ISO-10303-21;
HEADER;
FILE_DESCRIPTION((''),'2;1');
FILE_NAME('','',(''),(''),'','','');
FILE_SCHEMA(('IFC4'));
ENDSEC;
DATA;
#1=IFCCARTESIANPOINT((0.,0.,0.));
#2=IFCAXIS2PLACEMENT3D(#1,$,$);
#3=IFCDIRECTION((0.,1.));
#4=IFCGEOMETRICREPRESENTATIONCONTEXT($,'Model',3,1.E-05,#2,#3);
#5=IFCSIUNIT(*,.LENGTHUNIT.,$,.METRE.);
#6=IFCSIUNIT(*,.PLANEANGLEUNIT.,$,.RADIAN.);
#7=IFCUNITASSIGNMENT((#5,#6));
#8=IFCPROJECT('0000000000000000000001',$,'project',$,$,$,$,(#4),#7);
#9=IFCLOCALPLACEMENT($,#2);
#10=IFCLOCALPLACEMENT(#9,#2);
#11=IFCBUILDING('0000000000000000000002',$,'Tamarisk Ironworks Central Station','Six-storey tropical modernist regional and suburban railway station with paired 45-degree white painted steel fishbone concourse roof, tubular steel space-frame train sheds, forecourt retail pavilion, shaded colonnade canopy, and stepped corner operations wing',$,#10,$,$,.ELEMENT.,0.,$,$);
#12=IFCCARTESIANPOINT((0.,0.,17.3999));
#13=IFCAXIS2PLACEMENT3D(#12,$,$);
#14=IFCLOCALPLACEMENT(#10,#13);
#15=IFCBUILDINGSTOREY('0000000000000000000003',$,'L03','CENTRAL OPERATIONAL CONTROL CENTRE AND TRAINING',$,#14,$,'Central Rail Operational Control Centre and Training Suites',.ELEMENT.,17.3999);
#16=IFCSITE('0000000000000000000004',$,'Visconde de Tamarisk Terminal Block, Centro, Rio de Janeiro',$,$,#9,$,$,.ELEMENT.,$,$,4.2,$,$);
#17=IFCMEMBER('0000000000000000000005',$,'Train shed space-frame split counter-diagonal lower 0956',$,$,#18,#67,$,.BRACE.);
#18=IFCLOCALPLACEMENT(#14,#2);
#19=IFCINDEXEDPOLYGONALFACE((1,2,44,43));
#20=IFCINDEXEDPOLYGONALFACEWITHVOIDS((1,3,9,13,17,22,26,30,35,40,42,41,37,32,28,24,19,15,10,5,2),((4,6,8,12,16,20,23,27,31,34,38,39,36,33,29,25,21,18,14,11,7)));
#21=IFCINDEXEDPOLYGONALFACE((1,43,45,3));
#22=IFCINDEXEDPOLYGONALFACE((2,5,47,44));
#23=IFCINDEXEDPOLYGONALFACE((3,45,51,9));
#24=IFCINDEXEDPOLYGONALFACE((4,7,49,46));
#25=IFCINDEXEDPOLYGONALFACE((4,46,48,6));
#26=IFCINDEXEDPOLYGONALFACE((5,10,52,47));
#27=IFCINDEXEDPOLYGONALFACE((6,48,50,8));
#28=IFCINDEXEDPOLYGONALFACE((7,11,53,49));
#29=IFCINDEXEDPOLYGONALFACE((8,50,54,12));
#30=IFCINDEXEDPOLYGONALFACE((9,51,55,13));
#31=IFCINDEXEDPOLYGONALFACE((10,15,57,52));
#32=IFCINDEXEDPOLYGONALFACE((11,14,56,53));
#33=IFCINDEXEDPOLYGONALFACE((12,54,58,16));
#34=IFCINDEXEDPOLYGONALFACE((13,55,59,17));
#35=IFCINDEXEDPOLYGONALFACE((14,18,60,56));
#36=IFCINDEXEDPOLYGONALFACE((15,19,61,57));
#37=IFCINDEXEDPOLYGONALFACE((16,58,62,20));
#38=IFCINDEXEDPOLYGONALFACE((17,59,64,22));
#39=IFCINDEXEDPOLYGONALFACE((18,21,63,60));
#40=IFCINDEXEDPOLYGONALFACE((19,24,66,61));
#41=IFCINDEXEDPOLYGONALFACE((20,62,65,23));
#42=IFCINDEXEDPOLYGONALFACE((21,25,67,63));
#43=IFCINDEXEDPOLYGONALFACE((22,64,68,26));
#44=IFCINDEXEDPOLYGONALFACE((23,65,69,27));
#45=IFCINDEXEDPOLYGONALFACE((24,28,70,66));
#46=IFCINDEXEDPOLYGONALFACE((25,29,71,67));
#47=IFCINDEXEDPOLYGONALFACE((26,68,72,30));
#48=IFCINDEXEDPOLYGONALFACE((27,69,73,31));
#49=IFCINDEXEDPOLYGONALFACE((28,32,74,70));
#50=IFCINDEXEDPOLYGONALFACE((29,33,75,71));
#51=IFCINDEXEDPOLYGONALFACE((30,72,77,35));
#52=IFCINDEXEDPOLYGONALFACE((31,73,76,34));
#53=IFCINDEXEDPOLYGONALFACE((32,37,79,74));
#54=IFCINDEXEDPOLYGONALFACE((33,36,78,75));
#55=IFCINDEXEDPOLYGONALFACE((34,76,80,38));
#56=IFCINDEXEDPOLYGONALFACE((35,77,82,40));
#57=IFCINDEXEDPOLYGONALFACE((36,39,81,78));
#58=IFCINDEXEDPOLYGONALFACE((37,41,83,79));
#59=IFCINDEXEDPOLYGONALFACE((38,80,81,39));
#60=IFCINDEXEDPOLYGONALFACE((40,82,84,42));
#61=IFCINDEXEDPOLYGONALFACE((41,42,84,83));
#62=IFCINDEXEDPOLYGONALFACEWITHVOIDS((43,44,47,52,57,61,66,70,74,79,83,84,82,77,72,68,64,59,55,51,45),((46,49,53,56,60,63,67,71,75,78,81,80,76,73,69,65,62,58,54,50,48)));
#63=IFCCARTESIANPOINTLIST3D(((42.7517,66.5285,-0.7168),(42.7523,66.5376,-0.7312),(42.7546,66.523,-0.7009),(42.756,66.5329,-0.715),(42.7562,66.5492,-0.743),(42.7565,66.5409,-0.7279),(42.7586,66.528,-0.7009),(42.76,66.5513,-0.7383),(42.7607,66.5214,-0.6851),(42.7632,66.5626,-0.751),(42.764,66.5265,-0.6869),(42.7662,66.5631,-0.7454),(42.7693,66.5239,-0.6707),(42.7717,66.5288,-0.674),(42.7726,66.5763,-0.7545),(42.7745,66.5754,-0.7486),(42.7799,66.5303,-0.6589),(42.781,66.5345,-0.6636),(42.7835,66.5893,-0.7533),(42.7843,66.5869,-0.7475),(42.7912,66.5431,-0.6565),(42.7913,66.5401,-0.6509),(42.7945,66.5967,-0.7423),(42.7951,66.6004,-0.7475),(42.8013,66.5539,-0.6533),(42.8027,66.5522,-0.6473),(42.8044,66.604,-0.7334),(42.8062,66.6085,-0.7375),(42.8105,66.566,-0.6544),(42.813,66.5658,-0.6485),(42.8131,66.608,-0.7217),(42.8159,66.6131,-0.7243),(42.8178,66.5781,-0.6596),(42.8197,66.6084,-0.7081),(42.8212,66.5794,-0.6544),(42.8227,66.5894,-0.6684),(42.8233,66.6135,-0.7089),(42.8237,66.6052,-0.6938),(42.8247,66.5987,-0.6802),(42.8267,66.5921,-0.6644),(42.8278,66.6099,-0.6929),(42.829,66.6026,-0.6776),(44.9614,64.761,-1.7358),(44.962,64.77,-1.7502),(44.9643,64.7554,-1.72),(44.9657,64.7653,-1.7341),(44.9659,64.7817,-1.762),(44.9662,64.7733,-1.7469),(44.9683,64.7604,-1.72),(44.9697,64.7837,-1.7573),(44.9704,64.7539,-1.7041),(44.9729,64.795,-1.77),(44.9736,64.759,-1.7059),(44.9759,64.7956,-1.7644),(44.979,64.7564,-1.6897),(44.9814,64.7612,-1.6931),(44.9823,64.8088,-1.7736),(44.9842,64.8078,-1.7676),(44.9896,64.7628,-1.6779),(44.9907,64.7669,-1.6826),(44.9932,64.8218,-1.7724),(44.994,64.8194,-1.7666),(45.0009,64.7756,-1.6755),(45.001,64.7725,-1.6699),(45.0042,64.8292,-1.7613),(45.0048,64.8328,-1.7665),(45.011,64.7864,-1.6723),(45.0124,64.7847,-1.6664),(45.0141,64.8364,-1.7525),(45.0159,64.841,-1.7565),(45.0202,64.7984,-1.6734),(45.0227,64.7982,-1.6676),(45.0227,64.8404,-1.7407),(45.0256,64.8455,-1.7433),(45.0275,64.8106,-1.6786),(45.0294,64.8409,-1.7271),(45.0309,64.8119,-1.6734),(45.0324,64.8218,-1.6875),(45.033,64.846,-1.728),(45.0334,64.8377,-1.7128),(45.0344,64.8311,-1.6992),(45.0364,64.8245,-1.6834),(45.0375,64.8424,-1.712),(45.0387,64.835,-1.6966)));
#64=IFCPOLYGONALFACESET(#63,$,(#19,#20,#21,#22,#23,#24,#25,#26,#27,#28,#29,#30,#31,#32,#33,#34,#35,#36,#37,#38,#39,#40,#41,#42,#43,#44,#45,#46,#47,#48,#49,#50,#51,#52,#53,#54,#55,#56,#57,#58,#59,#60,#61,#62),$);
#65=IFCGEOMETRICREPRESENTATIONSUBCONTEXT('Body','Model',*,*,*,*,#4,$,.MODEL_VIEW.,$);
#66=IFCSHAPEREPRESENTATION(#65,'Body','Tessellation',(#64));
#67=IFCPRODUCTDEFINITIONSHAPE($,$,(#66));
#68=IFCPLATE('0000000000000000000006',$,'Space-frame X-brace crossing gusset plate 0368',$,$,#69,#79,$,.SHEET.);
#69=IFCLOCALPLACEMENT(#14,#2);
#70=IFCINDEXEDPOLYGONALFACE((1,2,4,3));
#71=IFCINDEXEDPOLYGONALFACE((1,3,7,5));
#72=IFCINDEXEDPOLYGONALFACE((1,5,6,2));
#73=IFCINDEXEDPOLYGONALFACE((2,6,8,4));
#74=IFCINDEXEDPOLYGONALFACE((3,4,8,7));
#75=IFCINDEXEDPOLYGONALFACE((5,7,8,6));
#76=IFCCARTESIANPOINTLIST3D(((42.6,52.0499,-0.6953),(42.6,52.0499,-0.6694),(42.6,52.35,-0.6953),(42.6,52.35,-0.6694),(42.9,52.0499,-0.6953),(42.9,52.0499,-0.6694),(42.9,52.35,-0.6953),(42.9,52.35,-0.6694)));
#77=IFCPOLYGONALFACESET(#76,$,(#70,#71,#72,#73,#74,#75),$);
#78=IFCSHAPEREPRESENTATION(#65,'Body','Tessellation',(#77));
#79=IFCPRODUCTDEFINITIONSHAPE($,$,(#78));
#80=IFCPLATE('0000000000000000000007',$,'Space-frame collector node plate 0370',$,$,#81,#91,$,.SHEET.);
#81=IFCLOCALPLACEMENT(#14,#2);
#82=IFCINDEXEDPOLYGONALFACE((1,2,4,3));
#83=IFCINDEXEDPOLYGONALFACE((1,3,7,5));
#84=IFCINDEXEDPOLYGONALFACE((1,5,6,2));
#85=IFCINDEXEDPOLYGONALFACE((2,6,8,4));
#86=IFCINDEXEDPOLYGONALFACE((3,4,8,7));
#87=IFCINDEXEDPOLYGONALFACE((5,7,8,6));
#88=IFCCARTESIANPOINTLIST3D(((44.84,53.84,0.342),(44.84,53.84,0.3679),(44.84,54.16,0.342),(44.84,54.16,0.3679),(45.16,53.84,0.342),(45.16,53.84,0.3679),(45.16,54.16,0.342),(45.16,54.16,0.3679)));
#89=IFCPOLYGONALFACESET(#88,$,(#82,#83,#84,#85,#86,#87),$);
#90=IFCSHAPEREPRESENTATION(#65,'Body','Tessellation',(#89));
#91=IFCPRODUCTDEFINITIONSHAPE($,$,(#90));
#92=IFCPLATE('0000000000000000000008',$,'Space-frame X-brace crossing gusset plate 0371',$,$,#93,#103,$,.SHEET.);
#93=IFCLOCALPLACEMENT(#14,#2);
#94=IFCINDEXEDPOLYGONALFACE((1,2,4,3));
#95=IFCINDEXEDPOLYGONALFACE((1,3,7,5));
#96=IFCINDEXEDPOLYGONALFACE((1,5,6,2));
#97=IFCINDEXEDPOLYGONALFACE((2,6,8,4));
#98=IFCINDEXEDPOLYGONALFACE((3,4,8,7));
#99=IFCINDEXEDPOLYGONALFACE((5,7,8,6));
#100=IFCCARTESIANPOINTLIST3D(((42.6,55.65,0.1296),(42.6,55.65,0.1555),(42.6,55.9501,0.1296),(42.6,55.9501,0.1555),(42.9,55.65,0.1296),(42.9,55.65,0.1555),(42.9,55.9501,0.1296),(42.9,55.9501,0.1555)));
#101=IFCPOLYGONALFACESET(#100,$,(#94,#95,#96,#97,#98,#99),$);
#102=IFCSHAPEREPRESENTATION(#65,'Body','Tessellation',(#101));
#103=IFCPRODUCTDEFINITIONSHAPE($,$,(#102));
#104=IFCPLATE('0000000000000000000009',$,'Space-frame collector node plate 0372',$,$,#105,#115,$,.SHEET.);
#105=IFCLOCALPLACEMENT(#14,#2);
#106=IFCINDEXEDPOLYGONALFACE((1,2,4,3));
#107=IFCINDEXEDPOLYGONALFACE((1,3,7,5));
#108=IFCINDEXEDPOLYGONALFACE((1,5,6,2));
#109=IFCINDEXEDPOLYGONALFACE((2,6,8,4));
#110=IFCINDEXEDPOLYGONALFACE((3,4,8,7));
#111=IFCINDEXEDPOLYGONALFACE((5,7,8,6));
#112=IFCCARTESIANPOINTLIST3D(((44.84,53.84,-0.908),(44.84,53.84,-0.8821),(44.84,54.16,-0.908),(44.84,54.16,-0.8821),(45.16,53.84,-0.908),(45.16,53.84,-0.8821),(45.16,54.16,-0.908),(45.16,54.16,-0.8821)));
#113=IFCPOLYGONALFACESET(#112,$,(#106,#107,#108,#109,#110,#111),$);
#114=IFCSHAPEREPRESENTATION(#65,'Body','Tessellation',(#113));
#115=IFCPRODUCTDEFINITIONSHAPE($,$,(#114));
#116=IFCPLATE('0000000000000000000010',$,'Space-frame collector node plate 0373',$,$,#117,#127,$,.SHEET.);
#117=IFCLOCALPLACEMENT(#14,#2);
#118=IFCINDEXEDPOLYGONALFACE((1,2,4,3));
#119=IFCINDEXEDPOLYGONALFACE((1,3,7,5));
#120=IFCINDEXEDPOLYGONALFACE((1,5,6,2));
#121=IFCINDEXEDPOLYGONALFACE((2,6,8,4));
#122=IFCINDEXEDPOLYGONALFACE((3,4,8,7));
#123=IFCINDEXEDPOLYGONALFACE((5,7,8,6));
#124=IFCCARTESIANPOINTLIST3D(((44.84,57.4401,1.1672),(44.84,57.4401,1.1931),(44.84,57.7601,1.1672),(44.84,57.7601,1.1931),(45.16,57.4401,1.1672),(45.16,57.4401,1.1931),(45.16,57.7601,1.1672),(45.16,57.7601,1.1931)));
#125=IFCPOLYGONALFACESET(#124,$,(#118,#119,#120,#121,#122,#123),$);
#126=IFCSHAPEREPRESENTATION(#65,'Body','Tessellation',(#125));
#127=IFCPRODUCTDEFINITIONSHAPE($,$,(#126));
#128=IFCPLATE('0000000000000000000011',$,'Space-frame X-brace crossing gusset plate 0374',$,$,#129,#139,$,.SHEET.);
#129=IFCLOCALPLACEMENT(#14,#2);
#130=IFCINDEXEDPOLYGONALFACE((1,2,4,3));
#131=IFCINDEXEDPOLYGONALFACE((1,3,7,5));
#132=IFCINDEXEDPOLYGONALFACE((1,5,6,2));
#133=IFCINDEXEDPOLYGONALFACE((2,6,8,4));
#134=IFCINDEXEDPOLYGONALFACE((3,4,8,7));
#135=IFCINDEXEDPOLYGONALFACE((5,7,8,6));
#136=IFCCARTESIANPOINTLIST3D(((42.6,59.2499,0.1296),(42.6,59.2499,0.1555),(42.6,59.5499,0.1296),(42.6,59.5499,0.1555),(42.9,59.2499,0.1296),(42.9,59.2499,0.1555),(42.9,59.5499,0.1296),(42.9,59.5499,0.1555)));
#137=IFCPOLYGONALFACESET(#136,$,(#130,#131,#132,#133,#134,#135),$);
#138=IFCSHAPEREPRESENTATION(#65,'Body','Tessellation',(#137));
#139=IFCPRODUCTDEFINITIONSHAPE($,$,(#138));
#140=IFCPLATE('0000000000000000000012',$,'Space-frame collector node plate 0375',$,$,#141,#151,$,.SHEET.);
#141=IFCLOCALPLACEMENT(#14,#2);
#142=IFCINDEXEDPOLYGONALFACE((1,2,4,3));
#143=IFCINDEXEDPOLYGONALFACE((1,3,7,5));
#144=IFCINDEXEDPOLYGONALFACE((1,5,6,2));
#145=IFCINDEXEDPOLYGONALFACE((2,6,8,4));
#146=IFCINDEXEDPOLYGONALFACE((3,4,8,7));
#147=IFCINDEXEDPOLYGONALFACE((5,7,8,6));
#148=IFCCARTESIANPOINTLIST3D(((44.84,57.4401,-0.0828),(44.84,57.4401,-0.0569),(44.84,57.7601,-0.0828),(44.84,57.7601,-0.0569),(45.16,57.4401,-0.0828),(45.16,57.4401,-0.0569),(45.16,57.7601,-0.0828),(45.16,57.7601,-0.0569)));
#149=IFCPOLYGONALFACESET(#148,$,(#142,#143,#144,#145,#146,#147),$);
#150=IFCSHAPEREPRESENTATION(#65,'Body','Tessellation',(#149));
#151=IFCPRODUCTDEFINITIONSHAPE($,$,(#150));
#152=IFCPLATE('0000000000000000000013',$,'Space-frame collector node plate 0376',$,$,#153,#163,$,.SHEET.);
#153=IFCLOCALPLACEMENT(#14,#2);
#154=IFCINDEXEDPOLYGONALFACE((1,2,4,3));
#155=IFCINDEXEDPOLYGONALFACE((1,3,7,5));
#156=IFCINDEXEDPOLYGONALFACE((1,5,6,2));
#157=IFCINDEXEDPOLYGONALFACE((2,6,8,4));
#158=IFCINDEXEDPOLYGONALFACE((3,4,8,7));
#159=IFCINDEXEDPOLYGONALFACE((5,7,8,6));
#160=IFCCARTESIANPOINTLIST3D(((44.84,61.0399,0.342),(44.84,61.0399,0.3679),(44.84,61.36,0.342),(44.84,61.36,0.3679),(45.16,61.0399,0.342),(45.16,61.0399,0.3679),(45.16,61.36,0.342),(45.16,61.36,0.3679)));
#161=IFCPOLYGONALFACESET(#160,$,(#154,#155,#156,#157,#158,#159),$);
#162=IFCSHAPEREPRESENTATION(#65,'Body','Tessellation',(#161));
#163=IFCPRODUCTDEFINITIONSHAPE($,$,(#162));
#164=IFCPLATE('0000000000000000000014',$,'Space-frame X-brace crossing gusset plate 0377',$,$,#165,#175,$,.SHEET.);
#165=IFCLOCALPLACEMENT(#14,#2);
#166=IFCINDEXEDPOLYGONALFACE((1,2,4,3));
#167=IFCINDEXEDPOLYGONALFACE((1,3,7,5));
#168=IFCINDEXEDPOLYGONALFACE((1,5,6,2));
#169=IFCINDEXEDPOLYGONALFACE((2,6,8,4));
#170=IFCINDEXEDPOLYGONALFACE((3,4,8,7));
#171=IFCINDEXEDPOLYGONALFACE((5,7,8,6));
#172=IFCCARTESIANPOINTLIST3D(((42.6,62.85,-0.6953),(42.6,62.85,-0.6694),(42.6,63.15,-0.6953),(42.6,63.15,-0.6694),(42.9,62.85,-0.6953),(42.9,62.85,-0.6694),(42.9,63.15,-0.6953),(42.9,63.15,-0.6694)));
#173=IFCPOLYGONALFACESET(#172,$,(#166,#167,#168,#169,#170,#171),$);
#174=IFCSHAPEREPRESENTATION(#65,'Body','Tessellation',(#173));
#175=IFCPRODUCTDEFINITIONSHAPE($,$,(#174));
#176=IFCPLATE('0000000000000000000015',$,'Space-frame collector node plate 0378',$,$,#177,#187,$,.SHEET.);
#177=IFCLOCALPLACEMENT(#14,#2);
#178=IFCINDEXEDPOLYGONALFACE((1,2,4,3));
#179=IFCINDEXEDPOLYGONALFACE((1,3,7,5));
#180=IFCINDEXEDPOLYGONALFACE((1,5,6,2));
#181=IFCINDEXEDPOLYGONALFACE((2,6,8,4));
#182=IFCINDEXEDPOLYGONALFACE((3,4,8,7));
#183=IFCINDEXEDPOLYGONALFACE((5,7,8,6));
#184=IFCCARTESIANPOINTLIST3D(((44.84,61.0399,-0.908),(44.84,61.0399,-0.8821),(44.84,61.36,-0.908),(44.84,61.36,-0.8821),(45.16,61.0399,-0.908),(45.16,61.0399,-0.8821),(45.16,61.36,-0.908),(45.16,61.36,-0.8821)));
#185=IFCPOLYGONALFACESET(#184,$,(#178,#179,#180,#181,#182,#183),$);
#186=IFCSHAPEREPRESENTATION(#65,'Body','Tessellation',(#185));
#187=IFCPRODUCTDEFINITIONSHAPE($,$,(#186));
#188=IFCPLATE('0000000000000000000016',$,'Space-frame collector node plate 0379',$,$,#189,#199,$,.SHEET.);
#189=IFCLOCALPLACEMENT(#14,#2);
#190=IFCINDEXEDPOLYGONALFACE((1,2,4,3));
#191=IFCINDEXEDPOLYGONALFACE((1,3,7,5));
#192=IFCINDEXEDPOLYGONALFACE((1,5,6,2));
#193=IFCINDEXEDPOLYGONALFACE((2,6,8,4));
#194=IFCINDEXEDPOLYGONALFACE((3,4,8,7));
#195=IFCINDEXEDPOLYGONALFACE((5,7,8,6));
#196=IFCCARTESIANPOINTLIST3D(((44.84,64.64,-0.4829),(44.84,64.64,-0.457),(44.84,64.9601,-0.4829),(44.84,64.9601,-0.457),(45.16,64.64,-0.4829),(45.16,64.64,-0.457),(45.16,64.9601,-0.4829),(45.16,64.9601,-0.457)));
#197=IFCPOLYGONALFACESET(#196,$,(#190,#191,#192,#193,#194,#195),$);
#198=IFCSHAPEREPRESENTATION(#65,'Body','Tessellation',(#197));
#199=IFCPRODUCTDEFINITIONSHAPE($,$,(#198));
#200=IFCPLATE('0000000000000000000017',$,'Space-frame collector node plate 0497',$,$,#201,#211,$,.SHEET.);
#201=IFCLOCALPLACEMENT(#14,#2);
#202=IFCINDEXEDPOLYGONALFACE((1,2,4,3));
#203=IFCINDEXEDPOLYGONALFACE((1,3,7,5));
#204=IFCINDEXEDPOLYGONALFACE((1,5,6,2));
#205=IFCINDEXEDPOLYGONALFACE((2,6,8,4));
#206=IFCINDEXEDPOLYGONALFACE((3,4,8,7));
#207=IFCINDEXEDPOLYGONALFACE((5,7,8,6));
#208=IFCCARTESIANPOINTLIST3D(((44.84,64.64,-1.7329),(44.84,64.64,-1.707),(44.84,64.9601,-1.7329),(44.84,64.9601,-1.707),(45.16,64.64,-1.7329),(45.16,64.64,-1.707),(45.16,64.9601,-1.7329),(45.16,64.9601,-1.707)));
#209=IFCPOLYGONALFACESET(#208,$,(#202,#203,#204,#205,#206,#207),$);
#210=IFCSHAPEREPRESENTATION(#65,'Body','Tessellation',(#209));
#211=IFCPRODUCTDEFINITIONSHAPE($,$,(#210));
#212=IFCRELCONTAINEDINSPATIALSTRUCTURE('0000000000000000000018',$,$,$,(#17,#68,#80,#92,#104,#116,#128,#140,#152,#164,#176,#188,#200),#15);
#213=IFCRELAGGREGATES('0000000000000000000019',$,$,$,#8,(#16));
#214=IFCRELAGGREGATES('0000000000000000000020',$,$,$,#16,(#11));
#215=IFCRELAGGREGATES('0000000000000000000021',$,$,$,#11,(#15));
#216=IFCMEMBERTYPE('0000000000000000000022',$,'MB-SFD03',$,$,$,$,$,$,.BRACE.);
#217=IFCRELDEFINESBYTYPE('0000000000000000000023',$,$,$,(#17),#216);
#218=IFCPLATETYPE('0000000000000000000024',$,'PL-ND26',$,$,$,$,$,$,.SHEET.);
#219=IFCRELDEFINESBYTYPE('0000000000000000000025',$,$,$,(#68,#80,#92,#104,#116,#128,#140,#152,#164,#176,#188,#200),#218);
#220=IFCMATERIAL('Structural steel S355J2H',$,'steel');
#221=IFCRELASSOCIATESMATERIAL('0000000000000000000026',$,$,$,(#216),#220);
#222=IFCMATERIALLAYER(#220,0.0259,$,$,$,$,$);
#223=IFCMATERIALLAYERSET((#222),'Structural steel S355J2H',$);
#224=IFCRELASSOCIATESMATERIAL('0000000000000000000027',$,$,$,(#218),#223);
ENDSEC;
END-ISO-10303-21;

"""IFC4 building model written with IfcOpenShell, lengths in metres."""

from ifc_helpers import new_model, si_unit, direction, frame, origin, origin_2d, place, context, subcontext, project, spatial, rectangle, hollow_circle, extrude, material, layer, layer_set, material_profile, profile_set, type_object, element, save


model = new_model("IFC4")

# Units and contexts
model_context = context("Model", 3, precision=1e-05, world=origin(), true_north=direction((0.0, 1.0)))
body_context = subcontext(model_context, "Body", "Model", "MODEL_VIEW")
ifc_project = project(units=[si_unit("LENGTHUNIT", "METRE"), si_unit("PLANEANGLEUNIT", "RADIAN")], contexts=[model_context])

# Site, building, storey
site_placement = place(None, origin())
site = spatial("IfcSite", under=ifc_project, at=site_placement, Name="Visconde de Tamarisk Terminal Block, Centro, Rio de Janeiro", CompositionType="ELEMENT", RefElevation=4.2)
building_placement = place(site_placement, origin())
building = spatial("IfcBuilding", under=site, at=building_placement, Name="Tamarisk Ironworks Central Station", Description="Six-storey tropical modernist regional and suburban railway station with paired 45-degree white painted steel fishbone concourse roof, tubular steel space-frame train sheds, forecourt retail pavilion, shaded colonnade canopy, and stepped corner operations wing", CompositionType="ELEMENT", ElevationOfRefHeight=0.0)
storey_placement = place(building_placement, frame((0.0, 0.0, 17.3999)))
storey = spatial("IfcBuildingStorey", under=building, at=storey_placement, Name="L03", Description="CENTRAL OPERATIONAL CONTROL CENTRE AND TRAINING", LongName="Central Rail Operational Control Centre and Training Suites", CompositionType="ELEMENT", Elevation=17.3999)

# Member
ifc_material_1 = material(Name="Structural steel S355J2H", Category="steel")
ifc_material_profile_1 = material_profile(ifc_material_1, hollow_circle(Radius=0.0571, WallThickness=0.0063, at=origin_2d()), Name="CHS 114.3x6.3")
ifc_profile_set_1 = profile_set([ifc_material_profile_1], Name="Structural steel S355J2H")
member_type_1 = type_object("IfcMemberType", Name="MB-SFD03", PredefinedType="BRACE", material=ifc_profile_set_1)
member_1_placement = place(storey_placement, frame((45.0, 64.8, -1.72), z_axis=(-0.734712, 0.587705, 0.338823), x_axis=(-0.624653, -0.780902, 0.0)))
element("IfcMember", 1, at=member_1_placement, inside=storey, type_object=member_type_1, Name="Train shed space-frame split counter-diagonal lower 0956", PredefinedType="BRACE", context=body_context, shape_type="SweptSolid", body=[
    extrude(hollow_circle(Radius=0.0571, WallThickness=0.0063, at=origin_2d()), origin(), (0.0, 0.0, 1.0), 3.0076),
])

# Plates
ifc_layer_1 = layer(ifc_material_1, 0.0259)
ifc_layer_set_1 = layer_set([ifc_layer_1], Name="Structural steel S355J2H")
plate_type_1 = type_object("IfcPlateType", Name="PL-ND26", PredefinedType="SHEET", material=ifc_layer_set_1)
plate_1_placement = place(storey_placement, frame((42.75, 52.2, -0.6953), z_axis=(0.0, 0.0, 1.0), x_axis=(1.0, 0.0, 0.0)))
element("IfcPlate", 2, at=plate_1_placement, inside=storey, type_object=plate_type_1, Name="Space-frame X-brace crossing gusset plate 0368", PredefinedType="SHEET", context=body_context, shape_type="SweptSolid", body=[
    extrude(rectangle(XDim=0.3, YDim=0.3, at=origin_2d()), origin(), (0.0, 0.0, 1.0), 0.0259),
])
plate_2_placement = place(storey_placement, frame((45.0, 54.0, 0.342), z_axis=(0.0, 0.0, 1.0), x_axis=(1.0, 0.0, 0.0)))
element("IfcPlate", 3, at=plate_2_placement, inside=storey, type_object=plate_type_1, Name="Space-frame collector node plate 0370", PredefinedType="SHEET", context=body_context, shape_type="SweptSolid", body=[
    extrude(rectangle(XDim=0.3201, YDim=0.3201, at=origin_2d()), origin(), (0.0, 0.0, 1.0), 0.0259),
])
plate_3_placement = place(storey_placement, frame((42.75, 55.8, 0.1296), z_axis=(0.0, 0.0, 1.0), x_axis=(1.0, 0.0, 0.0)))
element("IfcPlate", 4, at=plate_3_placement, inside=storey, type_object=plate_type_1, Name="Space-frame X-brace crossing gusset plate 0371", PredefinedType="SHEET", context=body_context, shape_type="SweptSolid", body=[
    extrude(rectangle(XDim=0.3, YDim=0.3, at=origin_2d()), origin(), (0.0, 0.0, 1.0), 0.0259),
])
for number, where, z_axis, x_axis, name in (
    (5, (45.0, 54.0, -0.908), (0.0, 0.0, 1.0), (1.0, 0.0, 0.0), "Space-frame collector node plate 0372"),
    (6, (45.0, 57.6001, 1.1672), (0.0, 0.0, 1.0), (1.0, 0.0, 0.0), "Space-frame collector node plate 0373"),
):
    element("IfcPlate", number, at=place(storey_placement, frame(where, z_axis=z_axis, x_axis=x_axis)), inside=storey, type_object=plate_type_1, Name=name, PredefinedType="SHEET", context=body_context, shape_type="SweptSolid", body=[
        extrude(rectangle(XDim=0.3201, YDim=0.3201, at=origin_2d()), origin(), (0.0, 0.0, 1.0), 0.0259),
    ])
plate_4_placement = place(storey_placement, frame((42.75, 59.3999, 0.1296), z_axis=(0.0, 0.0, 1.0), x_axis=(1.0, 0.0, 0.0)))
element("IfcPlate", 7, at=plate_4_placement, inside=storey, type_object=plate_type_1, Name="Space-frame X-brace crossing gusset plate 0374", PredefinedType="SHEET", context=body_context, shape_type="SweptSolid", body=[
    extrude(rectangle(XDim=0.3, YDim=0.3, at=origin_2d()), origin(), (0.0, 0.0, 1.0), 0.0259),
])
for number, where, z_axis, x_axis, name in (
    (8, (45.0, 57.6001, -0.0828), (0.0, 0.0, 1.0), (1.0, 0.0, 0.0), "Space-frame collector node plate 0375"),
    (9, (45.0, 61.2, 0.342), (0.0, 0.0, 1.0), (1.0, 0.0, 0.0), "Space-frame collector node plate 0376"),
):
    element("IfcPlate", number, at=place(storey_placement, frame(where, z_axis=z_axis, x_axis=x_axis)), inside=storey, type_object=plate_type_1, Name=name, PredefinedType="SHEET", context=body_context, shape_type="SweptSolid", body=[
        extrude(rectangle(XDim=0.3201, YDim=0.3201, at=origin_2d()), origin(), (0.0, 0.0, 1.0), 0.0259),
    ])
plate_5_placement = place(storey_placement, frame((42.75, 63.0, -0.6953), z_axis=(0.0, 0.0, 1.0), x_axis=(1.0, 0.0, 0.0)))
element("IfcPlate", 10, at=plate_5_placement, inside=storey, type_object=plate_type_1, Name="Space-frame X-brace crossing gusset plate 0377", PredefinedType="SHEET", context=body_context, shape_type="SweptSolid", body=[
    extrude(rectangle(XDim=0.3, YDim=0.3, at=origin_2d()), origin(), (0.0, 0.0, 1.0), 0.0259),
])
for number, where, z_axis, x_axis, name in (
    (11, (45.0, 61.2, -0.908), (0.0, 0.0, 1.0), (1.0, 0.0, 0.0), "Space-frame collector node plate 0378"),
    (12, (45.0, 64.8, -0.4829), (0.0, 0.0, 1.0), (1.0, 0.0, 0.0), "Space-frame collector node plate 0379"),
    (13, (45.0, 64.8, -1.7329), (0.0, 0.0, 1.0), (1.0, 0.0, 0.0), "Space-frame collector node plate 0497"),
):
    element("IfcPlate", number, at=place(storey_placement, frame(where, z_axis=z_axis, x_axis=x_axis)), inside=storey, type_object=plate_type_1, Name=name, PredefinedType="SHEET", context=body_context, shape_type="SweptSolid", body=[
        extrude(rectangle(XDim=0.3201, YDim=0.3201, at=origin_2d()), origin(), (0.0, 0.0, 1.0), 0.0259),
    ])

save(model, "model.ifc")
